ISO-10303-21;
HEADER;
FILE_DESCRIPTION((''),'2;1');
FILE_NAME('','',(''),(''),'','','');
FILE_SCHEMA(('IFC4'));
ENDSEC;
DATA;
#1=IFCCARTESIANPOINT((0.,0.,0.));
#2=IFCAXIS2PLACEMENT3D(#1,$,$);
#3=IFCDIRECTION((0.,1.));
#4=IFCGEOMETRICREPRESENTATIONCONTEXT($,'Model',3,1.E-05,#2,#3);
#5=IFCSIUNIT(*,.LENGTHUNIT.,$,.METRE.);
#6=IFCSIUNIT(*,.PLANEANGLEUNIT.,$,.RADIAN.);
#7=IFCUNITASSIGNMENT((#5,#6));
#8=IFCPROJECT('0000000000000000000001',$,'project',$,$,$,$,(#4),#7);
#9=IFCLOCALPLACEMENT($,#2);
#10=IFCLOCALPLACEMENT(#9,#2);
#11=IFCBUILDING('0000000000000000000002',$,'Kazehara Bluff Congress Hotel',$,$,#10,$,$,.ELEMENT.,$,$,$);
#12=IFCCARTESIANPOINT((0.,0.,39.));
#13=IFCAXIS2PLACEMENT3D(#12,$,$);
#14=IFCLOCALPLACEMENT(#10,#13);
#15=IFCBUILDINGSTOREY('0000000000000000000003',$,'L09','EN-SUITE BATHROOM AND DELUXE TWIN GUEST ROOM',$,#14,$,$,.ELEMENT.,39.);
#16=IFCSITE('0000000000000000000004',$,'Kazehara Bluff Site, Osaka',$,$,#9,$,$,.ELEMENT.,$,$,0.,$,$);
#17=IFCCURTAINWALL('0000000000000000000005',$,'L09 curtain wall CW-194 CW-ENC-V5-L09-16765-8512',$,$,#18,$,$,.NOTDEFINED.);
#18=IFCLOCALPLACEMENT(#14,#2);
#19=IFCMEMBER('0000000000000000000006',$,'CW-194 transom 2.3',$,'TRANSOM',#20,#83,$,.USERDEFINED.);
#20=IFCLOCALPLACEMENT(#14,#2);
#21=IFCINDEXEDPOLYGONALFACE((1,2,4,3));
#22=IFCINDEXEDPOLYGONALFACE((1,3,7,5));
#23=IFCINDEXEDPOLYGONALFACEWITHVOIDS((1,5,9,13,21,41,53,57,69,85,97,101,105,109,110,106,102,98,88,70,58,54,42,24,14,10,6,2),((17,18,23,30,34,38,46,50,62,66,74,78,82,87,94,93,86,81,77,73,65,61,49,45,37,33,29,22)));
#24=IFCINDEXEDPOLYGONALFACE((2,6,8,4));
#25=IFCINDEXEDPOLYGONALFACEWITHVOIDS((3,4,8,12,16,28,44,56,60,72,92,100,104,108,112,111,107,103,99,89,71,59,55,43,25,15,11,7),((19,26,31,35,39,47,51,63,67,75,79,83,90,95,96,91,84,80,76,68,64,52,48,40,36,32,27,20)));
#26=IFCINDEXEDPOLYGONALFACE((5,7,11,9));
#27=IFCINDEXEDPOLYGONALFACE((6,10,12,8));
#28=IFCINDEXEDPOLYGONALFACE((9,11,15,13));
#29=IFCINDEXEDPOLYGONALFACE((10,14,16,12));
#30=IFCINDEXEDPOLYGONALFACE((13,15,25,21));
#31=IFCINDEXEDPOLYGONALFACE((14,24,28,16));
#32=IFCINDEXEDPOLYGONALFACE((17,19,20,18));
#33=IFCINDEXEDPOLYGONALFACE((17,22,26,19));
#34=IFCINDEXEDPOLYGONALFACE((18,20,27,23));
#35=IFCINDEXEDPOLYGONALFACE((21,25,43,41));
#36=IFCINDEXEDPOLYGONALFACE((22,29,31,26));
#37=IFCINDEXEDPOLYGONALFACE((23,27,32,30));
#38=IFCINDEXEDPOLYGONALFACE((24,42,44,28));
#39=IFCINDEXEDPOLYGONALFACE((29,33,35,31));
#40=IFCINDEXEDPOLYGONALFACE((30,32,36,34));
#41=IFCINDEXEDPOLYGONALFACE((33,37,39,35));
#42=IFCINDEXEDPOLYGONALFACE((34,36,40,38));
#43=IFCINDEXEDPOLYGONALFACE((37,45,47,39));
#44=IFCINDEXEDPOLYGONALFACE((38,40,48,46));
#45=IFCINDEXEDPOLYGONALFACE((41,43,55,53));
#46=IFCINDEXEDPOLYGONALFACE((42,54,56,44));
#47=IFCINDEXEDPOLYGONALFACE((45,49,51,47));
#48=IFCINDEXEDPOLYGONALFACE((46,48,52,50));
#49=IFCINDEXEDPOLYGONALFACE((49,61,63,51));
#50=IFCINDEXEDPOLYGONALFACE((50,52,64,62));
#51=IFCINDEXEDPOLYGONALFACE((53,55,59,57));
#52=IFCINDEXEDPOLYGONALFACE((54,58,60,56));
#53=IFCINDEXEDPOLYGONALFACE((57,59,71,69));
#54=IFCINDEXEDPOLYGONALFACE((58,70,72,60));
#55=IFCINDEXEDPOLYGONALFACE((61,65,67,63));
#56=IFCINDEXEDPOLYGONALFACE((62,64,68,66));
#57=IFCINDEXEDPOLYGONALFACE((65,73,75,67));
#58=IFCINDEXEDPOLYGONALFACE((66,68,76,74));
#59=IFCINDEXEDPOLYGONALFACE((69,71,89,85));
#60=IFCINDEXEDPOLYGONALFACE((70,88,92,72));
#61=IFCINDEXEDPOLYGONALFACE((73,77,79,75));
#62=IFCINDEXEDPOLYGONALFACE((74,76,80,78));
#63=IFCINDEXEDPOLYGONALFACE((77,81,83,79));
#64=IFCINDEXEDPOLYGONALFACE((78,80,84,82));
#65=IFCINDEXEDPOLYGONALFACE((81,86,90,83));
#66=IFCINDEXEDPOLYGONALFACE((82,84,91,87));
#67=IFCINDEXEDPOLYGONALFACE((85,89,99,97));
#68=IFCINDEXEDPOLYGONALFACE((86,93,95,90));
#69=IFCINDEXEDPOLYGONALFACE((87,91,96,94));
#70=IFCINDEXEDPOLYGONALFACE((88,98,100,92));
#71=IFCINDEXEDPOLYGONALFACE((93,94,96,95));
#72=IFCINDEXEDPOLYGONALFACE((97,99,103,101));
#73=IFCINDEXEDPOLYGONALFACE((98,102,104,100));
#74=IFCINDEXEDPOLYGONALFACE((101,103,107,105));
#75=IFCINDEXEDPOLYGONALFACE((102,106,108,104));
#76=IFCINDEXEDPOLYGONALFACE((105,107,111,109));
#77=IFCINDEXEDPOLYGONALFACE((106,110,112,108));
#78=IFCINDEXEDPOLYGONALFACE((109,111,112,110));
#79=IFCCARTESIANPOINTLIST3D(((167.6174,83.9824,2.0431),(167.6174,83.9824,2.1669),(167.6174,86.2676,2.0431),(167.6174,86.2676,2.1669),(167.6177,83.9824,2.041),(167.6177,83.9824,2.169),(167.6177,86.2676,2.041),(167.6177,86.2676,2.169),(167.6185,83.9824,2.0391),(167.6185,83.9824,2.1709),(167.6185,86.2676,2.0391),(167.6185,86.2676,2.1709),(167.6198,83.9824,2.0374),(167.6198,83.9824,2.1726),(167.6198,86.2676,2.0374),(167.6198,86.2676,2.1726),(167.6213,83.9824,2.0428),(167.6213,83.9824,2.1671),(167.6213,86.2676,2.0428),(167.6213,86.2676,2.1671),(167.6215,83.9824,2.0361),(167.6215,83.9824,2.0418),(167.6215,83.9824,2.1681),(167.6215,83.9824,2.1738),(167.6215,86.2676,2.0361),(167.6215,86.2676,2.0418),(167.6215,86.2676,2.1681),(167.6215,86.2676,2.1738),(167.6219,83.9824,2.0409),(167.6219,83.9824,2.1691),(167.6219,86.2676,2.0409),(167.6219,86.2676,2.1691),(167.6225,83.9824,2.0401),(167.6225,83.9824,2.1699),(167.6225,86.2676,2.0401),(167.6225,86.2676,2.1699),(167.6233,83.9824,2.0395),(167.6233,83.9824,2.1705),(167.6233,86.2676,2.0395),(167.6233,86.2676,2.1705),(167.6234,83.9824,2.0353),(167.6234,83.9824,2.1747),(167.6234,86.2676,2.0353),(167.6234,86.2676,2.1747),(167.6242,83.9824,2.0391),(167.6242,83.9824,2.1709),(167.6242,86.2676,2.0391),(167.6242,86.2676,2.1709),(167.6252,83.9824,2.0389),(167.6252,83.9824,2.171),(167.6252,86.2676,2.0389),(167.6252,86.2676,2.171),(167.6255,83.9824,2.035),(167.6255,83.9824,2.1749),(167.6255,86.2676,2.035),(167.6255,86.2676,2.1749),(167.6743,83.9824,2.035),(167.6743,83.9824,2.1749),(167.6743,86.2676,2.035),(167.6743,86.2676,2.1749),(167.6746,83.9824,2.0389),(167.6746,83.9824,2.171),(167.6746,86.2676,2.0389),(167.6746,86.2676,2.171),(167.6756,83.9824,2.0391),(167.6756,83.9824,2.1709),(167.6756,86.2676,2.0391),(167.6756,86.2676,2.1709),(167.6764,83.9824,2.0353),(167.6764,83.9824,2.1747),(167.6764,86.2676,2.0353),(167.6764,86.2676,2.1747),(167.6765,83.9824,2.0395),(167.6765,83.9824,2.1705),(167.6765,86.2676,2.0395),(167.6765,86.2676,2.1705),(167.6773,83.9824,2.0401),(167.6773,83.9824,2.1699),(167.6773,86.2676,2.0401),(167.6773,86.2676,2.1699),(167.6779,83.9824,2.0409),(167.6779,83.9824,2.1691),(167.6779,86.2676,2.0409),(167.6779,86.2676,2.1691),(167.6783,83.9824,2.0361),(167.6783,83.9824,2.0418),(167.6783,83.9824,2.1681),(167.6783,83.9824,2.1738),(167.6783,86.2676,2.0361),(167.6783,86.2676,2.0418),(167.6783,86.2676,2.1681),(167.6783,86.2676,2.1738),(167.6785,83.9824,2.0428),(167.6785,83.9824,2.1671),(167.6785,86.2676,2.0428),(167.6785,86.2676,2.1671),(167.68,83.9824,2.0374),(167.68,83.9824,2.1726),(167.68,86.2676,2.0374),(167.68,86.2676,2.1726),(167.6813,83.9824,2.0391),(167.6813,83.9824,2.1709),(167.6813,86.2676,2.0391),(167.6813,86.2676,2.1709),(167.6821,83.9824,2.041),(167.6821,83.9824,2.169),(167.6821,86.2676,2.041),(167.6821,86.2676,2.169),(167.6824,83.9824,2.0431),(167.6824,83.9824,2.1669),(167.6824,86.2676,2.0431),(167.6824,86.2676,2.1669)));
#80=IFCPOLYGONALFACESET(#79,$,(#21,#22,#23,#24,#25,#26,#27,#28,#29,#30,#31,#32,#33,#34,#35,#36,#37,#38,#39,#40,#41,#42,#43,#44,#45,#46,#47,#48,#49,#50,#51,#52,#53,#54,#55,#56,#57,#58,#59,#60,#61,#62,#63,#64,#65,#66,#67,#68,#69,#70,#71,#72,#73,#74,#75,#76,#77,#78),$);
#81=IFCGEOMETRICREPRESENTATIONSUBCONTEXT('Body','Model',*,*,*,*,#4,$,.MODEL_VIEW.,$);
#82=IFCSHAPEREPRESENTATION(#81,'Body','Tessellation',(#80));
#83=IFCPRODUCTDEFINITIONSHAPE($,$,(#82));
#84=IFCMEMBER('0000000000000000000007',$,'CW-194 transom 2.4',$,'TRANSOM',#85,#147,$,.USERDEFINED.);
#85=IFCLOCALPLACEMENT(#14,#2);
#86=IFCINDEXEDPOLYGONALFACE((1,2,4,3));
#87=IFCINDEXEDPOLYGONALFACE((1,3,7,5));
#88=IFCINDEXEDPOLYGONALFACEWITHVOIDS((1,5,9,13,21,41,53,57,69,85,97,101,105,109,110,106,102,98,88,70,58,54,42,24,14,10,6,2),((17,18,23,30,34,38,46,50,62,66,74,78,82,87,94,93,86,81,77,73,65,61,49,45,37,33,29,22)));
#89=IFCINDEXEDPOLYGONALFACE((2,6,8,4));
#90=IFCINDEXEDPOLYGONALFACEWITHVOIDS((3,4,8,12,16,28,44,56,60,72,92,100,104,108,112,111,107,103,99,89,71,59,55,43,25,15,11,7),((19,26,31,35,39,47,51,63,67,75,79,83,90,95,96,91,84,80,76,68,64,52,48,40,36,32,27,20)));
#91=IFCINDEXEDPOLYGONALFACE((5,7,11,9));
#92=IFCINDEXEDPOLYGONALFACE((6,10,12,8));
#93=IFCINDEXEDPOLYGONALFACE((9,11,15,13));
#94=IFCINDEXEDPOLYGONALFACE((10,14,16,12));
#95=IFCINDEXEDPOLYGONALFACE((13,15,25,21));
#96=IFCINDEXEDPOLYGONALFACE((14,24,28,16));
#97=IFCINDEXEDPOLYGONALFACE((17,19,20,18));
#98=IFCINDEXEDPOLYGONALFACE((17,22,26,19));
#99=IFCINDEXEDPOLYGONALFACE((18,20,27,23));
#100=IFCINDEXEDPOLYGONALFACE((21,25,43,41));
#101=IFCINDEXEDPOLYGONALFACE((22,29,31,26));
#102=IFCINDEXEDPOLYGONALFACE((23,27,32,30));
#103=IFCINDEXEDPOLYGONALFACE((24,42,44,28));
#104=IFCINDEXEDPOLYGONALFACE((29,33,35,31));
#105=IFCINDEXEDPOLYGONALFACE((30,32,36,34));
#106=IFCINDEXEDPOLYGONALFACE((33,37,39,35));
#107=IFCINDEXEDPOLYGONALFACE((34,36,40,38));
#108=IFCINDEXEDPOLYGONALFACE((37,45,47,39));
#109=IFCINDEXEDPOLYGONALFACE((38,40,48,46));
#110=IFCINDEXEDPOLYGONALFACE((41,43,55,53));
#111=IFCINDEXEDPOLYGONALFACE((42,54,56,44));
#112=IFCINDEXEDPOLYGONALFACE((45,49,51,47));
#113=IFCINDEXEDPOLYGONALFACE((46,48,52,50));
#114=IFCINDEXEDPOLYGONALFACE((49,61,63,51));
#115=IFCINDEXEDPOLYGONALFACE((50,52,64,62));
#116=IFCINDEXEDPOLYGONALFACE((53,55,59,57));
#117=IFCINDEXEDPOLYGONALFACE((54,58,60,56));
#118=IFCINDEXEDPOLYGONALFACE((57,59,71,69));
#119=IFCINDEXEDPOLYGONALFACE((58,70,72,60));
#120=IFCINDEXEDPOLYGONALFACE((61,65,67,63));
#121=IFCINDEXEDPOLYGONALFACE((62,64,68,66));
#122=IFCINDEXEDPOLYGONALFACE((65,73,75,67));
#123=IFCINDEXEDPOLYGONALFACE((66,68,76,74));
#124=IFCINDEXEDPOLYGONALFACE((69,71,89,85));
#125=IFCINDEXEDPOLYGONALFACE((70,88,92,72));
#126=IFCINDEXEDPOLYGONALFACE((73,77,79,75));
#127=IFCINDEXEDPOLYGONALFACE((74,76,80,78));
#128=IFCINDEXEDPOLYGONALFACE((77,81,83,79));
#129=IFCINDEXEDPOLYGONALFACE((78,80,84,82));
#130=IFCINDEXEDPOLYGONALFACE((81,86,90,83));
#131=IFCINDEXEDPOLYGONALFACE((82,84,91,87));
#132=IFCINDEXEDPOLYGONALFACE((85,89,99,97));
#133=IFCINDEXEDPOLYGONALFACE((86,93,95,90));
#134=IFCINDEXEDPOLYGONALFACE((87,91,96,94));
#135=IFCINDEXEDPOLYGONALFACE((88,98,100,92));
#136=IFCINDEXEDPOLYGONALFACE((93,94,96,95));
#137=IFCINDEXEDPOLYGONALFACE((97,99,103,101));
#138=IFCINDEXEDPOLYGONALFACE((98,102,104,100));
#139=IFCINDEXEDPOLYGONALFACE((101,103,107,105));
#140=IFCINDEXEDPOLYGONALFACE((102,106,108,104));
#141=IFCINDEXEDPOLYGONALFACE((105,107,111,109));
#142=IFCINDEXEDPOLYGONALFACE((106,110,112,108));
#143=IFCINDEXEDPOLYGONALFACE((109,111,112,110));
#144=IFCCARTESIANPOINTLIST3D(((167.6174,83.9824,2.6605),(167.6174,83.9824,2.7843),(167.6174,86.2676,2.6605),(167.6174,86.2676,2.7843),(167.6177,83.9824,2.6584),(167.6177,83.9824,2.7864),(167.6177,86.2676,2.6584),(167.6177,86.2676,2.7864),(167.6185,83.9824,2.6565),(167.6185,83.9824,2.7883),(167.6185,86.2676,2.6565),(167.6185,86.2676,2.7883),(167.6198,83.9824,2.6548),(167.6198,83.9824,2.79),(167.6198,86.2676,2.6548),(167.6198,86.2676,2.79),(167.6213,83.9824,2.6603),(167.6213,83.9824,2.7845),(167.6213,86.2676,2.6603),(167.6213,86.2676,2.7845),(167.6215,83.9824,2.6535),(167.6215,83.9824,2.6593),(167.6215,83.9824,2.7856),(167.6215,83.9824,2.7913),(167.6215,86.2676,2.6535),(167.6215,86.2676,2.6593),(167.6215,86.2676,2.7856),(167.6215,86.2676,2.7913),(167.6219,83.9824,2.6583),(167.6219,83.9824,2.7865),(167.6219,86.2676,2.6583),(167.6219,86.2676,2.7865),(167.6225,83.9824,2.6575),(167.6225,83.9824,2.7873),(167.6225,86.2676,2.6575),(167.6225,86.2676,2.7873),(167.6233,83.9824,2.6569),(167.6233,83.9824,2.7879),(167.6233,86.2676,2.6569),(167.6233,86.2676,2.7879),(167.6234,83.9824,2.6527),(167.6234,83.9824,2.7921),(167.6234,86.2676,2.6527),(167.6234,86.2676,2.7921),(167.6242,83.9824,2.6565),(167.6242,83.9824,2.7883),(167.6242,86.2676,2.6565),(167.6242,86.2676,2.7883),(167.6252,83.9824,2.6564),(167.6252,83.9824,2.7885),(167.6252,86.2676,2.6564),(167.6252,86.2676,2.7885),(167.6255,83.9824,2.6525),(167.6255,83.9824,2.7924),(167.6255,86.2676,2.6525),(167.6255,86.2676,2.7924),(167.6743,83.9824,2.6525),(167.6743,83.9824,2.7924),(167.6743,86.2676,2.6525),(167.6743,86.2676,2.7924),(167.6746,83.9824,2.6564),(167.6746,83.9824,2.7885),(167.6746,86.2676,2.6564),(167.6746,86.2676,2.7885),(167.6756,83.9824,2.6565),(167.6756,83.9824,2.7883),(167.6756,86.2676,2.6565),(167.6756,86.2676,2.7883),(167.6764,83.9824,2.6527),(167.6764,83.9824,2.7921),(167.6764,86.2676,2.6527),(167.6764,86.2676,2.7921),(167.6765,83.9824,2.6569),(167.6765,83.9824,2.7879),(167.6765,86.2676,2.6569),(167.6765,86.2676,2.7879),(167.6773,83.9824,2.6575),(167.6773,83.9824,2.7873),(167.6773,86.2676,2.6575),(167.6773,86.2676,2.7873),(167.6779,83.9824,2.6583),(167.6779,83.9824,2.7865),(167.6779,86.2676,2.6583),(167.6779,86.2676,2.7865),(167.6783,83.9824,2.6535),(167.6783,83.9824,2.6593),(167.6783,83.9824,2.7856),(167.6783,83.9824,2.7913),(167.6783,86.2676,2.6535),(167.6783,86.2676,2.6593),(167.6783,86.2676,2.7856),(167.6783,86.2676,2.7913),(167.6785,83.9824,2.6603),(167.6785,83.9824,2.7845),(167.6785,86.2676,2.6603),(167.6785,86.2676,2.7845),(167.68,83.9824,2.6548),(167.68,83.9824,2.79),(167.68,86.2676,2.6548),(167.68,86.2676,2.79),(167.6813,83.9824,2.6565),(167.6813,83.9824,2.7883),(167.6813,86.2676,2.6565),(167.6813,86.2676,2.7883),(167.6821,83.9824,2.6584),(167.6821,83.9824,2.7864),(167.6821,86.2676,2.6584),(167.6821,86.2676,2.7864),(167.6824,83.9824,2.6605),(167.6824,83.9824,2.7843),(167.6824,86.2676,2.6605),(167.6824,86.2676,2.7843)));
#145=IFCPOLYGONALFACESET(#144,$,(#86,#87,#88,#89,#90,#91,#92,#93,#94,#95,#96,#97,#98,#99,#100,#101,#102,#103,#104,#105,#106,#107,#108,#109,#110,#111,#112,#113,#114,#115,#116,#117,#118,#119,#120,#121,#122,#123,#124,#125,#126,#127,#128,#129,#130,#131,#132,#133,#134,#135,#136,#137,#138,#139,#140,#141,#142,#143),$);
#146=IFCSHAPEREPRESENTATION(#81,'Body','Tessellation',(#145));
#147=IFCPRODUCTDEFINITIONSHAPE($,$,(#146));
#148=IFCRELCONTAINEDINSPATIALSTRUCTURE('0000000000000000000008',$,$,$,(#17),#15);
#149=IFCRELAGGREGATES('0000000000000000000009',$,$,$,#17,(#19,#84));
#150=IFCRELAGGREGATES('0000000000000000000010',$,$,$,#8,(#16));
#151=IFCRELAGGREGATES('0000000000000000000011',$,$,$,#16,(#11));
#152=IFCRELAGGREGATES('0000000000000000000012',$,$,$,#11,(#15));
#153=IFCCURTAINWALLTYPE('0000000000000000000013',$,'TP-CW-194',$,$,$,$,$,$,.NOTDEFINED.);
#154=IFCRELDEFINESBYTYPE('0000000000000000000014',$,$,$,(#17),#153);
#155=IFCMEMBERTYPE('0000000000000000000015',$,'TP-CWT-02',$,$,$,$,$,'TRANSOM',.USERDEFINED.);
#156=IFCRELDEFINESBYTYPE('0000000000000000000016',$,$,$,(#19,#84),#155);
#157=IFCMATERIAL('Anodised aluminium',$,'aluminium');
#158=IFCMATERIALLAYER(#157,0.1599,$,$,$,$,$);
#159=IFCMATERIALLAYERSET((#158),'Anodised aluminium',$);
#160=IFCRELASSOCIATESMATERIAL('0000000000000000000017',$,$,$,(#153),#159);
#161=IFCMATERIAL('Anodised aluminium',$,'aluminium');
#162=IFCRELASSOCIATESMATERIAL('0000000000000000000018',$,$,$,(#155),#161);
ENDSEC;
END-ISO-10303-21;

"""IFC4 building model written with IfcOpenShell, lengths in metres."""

from ifc_helpers import new_model, si_unit, direction, frame, origin, origin_2d, place, context, subcontext, project, spatial, hollow_rectangle, extrude, material, layer, layer_set, material_profile, profile_set, type_object, element, aggregate, save


model = new_model("IFC4")

# Units and contexts
model_context = context("Model", 3, precision=1e-05, world=origin(), true_north=direction((0.0, 1.0)))
body_context = subcontext(model_context, "Body", "Model", "MODEL_VIEW")
ifc_project = project(units=[si_unit("LENGTHUNIT", "METRE"), si_unit("PLANEANGLEUNIT", "RADIAN")], contexts=[model_context])

# Site, building, storey
site_placement = place(None, origin())
site = spatial("IfcSite", under=ifc_project, at=site_placement, Name="Kazehara Bluff Site, Osaka", CompositionType="ELEMENT", RefElevation=0.0)
building_placement = place(site_placement, origin())
building = spatial("IfcBuilding", under=site, at=building_placement, Name="Kazehara Bluff Congress Hotel", CompositionType="ELEMENT")
storey_placement = place(building_placement, frame((0.0, 0.0, 39.0)))
storey = spatial("IfcBuildingStorey", under=building, at=storey_placement, Name="L09", Description="EN-SUITE BATHROOM AND DELUXE TWIN GUEST ROOM", CompositionType="ELEMENT", Elevation=39.0)

# Curtain wall, members
ifc_material_1 = material(Name="Anodised aluminium", Category="aluminium")
ifc_layer_1 = layer(ifc_material_1, 0.1599)
ifc_layer_set_1 = layer_set([ifc_layer_1], Name="Anodised aluminium")
curtain_wall_type = type_object("IfcCurtainWallType", Name="TP-CW-194", PredefinedType="NOTDEFINED", material=ifc_layer_set_1)
curtain_wall_placement = place(storey_placement, origin())
curtain_wall = element("IfcCurtainWall", 1, at=curtain_wall_placement, inside=storey, type_object=curtain_wall_type, Name="L09 curtain wall CW-194 CW-ENC-V5-L09-16765-8512", PredefinedType="NOTDEFINED")
ifc_material_2 = material(Name="Anodised aluminium", Category="aluminium")
ifc_material_profile_1 = material_profile(ifc_material_2, hollow_rectangle(XDim=0.0649, YDim=0.1399, WallThickness=0.0039, InnerFilletRadius=0.0039, OuterFilletRadius=0.0081, at=origin_2d()))
ifc_profile_set_1 = profile_set([ifc_material_profile_1], Name="Anodised aluminium")
member_type_1 = type_object("IfcMemberType", Name="TP-CWT-02", ElementType="TRANSOM", PredefinedType="USERDEFINED", material=ifc_profile_set_1)
member_1_placement = place(storey_placement, frame((167.6499, 86.2676, 2.105), z_axis=(0.0, -1.0, 0.0), x_axis=(1.0, 0.0, 0.0)))
member_1 = element("IfcMember", 2, at=member_1_placement, type_object=member_type_1, Name="CW-194 transom 2.3", ObjectType="TRANSOM", PredefinedType="USERDEFINED", context=body_context, shape_type="SweptSolid", body=[
    extrude(hollow_rectangle(XDim=0.0649, YDim=0.1399, WallThickness=0.0039, InnerFilletRadius=0.0039, OuterFilletRadius=0.0081, at=origin_2d()), origin(), (0.0, 0.0, 1.0), 2.2852),
])
member_2_placement = place(storey_placement, frame((167.6499, 86.2676, 2.7224), z_axis=(0.0, -1.0, 0.0), x_axis=(1.0, 0.0, 0.0)))
member_2 = element("IfcMember", 3, at=member_2_placement, type_object=member_type_1, Name="CW-194 transom 2.4", ObjectType="TRANSOM", PredefinedType="USERDEFINED", context=body_context, shape_type="SweptSolid", body=[
    extrude(hollow_rectangle(XDim=0.0649, YDim=0.1399, WallThickness=0.0039, InnerFilletRadius=0.0039, OuterFilletRadius=0.0081, at=origin_2d()), origin(), (0.0, 0.0, 1.0), 2.2852),
])
aggregate(curtain_wall, [member_1, member_2])

save(model, "model.ifc")
